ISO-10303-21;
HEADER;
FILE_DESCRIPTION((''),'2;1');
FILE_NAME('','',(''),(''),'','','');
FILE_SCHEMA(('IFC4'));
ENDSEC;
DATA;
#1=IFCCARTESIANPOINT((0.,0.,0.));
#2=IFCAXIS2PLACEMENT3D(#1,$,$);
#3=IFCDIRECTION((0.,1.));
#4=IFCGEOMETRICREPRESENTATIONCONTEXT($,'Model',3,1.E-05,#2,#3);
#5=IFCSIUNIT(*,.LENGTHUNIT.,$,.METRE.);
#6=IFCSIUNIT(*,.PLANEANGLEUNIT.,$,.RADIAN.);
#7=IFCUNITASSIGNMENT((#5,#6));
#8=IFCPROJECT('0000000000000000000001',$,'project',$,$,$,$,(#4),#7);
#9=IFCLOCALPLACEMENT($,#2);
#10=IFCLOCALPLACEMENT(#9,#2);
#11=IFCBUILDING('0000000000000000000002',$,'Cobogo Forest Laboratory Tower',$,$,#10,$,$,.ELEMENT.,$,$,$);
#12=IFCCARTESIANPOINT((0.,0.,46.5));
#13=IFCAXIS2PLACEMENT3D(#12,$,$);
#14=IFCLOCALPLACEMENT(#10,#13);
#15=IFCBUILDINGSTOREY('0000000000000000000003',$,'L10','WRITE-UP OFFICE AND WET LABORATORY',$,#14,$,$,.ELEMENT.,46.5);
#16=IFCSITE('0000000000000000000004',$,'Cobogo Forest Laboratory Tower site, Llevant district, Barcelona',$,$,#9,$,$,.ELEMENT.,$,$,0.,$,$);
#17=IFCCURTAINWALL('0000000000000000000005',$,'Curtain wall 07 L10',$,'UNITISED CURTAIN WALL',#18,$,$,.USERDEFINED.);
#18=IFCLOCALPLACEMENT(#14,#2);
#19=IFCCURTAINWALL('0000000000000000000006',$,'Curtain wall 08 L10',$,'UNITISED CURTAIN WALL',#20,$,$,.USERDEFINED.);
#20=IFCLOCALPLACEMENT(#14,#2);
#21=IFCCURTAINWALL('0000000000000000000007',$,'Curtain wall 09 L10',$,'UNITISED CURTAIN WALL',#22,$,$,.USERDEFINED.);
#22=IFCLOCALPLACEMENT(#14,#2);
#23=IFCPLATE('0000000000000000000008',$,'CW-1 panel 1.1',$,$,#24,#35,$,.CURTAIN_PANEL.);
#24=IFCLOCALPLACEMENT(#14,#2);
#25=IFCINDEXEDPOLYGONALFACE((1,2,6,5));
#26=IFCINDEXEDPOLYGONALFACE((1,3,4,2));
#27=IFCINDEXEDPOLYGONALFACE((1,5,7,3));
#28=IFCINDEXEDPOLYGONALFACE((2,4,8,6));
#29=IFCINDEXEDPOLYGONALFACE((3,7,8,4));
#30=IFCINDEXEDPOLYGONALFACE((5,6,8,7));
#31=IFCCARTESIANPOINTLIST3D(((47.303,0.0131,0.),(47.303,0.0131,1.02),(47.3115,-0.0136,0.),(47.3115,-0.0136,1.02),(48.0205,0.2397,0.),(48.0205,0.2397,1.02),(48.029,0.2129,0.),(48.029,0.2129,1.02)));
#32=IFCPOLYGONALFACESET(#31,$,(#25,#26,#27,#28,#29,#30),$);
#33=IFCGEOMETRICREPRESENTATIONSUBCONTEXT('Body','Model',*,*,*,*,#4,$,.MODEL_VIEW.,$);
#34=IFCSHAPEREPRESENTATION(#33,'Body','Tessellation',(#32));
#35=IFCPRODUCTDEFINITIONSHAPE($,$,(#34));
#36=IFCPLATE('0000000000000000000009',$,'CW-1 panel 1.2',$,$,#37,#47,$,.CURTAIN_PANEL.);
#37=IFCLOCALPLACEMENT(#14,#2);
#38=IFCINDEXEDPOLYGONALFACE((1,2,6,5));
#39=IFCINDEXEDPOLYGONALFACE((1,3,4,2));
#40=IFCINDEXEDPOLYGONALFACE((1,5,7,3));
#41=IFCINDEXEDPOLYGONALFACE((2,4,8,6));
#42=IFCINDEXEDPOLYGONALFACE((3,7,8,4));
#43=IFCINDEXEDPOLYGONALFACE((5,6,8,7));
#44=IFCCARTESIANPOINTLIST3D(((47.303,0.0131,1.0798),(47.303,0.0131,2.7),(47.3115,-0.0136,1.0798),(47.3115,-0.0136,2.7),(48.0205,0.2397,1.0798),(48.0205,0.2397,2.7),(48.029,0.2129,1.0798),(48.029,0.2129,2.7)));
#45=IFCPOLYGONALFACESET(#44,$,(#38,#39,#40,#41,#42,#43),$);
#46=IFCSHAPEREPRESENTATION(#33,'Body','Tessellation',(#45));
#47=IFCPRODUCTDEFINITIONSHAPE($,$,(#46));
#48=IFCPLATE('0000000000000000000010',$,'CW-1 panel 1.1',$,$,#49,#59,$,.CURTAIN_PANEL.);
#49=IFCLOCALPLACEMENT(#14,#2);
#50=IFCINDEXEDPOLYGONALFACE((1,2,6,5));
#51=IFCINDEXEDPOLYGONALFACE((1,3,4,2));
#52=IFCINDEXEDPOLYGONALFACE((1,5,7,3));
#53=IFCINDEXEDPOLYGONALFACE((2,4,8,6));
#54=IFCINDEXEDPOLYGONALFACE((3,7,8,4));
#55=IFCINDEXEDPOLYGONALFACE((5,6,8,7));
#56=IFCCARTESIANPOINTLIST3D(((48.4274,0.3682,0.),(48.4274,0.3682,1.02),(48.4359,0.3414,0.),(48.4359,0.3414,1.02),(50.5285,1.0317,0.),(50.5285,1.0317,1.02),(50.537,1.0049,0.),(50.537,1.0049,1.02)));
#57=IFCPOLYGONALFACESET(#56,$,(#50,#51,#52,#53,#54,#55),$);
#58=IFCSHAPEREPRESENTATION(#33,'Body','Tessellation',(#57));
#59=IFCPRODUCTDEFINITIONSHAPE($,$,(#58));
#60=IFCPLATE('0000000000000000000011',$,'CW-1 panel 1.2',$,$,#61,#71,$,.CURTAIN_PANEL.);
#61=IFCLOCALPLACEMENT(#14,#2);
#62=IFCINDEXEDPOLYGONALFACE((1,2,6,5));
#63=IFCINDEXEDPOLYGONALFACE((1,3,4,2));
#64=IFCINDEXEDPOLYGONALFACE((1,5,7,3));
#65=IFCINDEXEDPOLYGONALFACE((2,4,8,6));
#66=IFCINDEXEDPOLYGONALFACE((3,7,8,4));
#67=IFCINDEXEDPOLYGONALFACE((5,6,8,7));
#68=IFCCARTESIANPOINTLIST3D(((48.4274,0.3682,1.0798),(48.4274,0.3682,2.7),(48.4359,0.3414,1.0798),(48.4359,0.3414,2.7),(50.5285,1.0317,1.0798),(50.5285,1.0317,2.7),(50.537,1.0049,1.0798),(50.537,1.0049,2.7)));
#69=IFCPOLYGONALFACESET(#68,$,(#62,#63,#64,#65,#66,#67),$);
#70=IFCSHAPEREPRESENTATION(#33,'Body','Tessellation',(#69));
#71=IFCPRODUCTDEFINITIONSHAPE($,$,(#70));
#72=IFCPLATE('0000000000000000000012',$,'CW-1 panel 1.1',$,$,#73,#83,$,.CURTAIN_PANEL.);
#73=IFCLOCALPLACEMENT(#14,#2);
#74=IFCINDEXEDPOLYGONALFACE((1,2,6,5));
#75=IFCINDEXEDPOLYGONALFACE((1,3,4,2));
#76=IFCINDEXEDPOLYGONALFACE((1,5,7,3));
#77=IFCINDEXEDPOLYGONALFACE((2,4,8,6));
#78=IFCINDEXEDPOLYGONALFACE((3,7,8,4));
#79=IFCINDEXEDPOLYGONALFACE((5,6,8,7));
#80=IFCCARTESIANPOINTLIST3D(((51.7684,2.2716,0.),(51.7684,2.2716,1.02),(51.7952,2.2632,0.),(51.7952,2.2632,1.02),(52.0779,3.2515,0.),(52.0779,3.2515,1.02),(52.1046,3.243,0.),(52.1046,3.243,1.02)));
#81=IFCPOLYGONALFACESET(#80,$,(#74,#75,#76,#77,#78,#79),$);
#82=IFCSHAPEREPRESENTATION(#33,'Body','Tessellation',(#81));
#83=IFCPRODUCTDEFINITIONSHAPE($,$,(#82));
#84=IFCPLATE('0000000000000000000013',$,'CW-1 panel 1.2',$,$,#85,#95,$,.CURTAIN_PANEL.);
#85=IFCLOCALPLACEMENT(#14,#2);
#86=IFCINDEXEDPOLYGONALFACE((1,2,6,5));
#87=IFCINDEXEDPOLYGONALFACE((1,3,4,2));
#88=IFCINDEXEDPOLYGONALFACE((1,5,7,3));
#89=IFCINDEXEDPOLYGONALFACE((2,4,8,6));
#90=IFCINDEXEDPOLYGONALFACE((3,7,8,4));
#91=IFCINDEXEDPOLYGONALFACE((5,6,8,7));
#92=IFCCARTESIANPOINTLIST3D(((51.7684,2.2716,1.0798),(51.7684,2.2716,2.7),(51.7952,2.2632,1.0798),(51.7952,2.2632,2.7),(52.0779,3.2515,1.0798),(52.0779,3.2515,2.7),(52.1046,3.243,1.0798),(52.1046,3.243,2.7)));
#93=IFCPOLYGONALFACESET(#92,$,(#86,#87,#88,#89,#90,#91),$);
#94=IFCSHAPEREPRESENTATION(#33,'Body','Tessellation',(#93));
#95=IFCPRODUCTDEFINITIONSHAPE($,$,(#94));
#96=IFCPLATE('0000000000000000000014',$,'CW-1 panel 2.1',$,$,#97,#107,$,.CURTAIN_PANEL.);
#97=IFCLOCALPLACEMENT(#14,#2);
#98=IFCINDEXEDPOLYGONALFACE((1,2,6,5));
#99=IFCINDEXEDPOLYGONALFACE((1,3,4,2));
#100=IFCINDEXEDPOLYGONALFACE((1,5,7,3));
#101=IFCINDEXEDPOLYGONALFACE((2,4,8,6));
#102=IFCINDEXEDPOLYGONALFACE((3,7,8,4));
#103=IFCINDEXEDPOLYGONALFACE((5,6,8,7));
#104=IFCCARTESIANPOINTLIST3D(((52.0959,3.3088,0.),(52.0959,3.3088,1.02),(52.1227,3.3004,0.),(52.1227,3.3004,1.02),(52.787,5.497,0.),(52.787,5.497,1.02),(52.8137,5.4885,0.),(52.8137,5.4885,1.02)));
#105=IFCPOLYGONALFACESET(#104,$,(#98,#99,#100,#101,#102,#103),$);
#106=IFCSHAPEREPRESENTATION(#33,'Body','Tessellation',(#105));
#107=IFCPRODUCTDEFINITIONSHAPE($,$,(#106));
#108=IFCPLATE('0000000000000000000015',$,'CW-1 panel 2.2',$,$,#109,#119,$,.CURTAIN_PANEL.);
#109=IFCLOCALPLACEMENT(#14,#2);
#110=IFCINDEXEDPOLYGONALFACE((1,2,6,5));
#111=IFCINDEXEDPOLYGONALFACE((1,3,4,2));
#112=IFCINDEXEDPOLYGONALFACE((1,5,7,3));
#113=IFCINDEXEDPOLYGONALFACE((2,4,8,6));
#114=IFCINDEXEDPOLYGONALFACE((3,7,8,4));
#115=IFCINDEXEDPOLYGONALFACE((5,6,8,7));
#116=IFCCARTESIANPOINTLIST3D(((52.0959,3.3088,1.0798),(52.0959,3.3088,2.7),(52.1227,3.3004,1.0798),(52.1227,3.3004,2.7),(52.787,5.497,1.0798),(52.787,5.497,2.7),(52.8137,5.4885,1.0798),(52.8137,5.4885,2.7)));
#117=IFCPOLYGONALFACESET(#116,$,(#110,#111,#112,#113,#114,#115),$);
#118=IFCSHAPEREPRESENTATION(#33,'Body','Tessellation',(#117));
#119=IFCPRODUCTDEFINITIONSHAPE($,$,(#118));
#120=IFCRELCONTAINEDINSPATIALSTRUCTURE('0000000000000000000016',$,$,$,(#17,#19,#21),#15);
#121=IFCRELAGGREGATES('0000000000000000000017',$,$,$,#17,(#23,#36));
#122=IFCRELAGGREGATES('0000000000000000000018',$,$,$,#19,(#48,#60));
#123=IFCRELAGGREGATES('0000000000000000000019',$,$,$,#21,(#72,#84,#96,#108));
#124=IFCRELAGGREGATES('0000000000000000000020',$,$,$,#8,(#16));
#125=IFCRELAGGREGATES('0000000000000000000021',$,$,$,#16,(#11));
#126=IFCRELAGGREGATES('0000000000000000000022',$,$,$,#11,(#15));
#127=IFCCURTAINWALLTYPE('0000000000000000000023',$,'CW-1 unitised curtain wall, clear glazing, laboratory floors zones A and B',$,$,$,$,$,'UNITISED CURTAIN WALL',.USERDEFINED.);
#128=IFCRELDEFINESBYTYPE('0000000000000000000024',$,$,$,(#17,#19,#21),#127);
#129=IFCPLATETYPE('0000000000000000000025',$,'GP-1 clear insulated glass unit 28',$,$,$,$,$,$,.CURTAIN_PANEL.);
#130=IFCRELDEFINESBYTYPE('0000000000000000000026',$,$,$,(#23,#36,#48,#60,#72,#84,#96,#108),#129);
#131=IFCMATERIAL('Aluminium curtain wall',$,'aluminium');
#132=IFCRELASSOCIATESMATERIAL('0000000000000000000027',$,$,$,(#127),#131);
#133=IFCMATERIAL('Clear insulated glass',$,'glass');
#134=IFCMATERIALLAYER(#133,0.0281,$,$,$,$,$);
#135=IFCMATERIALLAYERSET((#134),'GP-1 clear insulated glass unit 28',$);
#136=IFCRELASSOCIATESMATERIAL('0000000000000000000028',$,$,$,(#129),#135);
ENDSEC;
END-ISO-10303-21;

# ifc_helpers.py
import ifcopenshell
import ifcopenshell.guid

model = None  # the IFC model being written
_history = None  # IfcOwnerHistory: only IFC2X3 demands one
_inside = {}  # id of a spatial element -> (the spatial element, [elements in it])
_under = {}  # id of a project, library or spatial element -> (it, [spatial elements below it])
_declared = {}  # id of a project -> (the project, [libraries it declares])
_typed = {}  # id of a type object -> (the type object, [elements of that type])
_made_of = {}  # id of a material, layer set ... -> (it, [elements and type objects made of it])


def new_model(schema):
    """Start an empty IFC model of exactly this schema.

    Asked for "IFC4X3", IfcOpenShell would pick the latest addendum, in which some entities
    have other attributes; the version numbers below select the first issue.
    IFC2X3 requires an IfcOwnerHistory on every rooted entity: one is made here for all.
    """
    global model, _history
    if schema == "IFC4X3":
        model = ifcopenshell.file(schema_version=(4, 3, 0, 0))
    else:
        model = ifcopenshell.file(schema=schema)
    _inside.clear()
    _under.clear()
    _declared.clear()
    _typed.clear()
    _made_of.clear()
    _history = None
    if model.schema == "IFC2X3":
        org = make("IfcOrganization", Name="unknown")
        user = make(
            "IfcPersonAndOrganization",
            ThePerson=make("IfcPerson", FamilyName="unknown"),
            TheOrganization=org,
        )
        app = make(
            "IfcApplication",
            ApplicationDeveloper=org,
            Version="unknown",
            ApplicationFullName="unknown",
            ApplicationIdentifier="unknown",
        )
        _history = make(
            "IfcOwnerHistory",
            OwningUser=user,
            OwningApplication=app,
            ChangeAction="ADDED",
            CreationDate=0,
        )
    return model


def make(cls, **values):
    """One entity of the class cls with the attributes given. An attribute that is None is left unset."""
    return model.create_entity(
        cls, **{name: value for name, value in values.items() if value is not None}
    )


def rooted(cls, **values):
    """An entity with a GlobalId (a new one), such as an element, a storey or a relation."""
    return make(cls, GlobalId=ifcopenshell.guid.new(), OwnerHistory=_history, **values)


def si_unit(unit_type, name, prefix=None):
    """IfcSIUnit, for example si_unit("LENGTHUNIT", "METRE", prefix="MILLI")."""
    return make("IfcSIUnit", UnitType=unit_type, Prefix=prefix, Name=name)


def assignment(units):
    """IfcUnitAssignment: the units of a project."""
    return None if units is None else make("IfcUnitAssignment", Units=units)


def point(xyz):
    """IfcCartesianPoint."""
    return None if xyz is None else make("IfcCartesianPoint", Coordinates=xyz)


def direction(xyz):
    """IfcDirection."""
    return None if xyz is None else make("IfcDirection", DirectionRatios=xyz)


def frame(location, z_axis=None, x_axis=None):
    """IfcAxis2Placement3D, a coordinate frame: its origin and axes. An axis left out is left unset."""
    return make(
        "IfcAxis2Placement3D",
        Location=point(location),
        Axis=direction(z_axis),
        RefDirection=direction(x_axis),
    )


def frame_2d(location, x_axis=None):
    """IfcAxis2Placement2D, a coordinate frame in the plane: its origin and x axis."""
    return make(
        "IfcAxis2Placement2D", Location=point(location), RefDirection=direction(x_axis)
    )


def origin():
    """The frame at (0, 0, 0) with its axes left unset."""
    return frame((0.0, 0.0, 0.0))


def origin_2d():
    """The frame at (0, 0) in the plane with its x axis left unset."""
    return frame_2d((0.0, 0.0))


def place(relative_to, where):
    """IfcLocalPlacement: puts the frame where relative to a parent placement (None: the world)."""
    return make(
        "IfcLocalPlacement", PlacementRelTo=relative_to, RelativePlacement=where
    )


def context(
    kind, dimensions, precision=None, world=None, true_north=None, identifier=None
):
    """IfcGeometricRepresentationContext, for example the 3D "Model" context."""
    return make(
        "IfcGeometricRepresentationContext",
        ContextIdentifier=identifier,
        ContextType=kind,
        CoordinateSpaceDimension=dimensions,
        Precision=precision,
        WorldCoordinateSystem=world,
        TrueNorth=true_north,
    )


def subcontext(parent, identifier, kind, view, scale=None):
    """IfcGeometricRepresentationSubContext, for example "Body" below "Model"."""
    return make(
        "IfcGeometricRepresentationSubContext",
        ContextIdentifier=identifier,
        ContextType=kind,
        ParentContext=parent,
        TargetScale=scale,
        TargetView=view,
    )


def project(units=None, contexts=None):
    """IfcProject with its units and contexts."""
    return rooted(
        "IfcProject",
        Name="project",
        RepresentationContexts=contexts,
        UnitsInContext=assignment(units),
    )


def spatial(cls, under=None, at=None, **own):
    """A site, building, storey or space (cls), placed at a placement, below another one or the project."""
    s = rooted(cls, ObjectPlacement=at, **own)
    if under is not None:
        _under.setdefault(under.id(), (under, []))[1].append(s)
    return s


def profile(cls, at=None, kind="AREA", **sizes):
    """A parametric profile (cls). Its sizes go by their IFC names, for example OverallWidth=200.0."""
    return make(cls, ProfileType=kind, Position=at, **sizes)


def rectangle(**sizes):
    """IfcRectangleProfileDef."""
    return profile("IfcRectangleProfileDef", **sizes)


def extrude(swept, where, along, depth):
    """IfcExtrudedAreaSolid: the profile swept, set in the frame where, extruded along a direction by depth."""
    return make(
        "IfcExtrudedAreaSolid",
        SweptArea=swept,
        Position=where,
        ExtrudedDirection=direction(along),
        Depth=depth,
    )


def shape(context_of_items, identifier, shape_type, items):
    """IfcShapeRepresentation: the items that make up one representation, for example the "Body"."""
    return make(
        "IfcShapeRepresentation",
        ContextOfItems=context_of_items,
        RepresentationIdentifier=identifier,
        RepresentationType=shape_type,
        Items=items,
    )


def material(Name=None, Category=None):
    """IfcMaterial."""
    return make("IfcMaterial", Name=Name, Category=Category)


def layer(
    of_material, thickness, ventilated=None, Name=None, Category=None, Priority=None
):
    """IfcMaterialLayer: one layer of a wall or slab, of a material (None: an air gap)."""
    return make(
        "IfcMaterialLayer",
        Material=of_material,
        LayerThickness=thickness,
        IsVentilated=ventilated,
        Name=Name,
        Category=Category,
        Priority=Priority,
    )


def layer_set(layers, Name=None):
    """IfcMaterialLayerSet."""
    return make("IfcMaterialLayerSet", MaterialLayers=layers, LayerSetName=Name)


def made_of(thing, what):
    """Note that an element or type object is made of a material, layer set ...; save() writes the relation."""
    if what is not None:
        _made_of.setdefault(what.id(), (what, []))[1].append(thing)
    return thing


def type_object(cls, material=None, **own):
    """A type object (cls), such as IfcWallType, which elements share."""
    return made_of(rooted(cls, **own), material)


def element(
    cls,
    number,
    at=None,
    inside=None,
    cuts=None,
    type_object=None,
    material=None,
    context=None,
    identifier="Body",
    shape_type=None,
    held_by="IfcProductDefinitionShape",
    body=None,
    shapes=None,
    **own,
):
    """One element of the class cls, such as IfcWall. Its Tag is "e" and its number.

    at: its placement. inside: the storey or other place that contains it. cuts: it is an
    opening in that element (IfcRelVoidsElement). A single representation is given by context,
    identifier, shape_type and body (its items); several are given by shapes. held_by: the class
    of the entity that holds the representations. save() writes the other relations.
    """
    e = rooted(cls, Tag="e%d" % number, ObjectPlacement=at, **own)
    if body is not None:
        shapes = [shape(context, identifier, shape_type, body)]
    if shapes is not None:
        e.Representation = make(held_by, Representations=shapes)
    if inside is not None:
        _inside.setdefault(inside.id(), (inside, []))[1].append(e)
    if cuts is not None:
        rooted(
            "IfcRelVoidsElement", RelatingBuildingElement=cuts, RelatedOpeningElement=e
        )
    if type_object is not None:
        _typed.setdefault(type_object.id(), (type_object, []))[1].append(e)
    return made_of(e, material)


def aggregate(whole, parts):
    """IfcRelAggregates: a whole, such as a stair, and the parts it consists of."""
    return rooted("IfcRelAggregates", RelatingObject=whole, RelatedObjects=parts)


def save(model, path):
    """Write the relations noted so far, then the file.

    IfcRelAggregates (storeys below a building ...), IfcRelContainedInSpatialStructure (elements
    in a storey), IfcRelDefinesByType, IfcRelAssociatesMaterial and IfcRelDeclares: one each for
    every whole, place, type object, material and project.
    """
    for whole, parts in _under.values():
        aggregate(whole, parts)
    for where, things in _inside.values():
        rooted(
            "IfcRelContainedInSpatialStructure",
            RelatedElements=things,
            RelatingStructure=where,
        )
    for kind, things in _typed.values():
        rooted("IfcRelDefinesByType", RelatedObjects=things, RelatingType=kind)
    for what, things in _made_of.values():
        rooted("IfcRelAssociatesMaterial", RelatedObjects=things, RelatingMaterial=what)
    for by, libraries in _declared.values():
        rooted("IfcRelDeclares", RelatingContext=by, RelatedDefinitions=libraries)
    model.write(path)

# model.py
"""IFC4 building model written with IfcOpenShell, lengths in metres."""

from ifc_helpers import new_model, si_unit, direction, frame, origin, origin_2d, place, context, subcontext, project, spatial, rectangle, extrude, material, layer, layer_set, type_object, element, aggregate, save


model = new_model("IFC4")

# Units and contexts
model_context = context("Model", 3, precision=1e-05, world=origin(), true_north=direction((0.0, 1.0)))
body_context = subcontext(model_context, "Body", "Model", "MODEL_VIEW")
ifc_project = project(units=[si_unit("LENGTHUNIT", "METRE"), si_unit("PLANEANGLEUNIT", "RADIAN")], contexts=[model_context])

# Site, building, storey
site_placement = place(None, origin())
site = spatial("IfcSite", under=ifc_project, at=site_placement, Name="Cobogo Forest Laboratory Tower site, Llevant district, Barcelona", CompositionType="ELEMENT", RefElevation=0.0)
building_placement = place(site_placement, origin())
building = spatial("IfcBuilding", under=site, at=building_placement, Name="Cobogo Forest Laboratory Tower", CompositionType="ELEMENT")
storey_placement = place(building_placement, frame((0.0, 0.0, 46.5)))
storey = spatial("IfcBuildingStorey", under=building, at=storey_placement, Name="L10", Description="WRITE-UP OFFICE AND WET LABORATORY", CompositionType="ELEMENT", Elevation=46.5)

# Shared definitions
ifc_material_1 = material(Name="Aluminium curtain wall", Category="aluminium")
curtain_wall_type = type_object("IfcCurtainWallType", Name="CW-1 unitised curtain wall, clear glazing, laboratory floors zones A and B", ElementType="UNITISED CURTAIN WALL", PredefinedType="USERDEFINED", material=ifc_material_1)

# Curtain walls
curtain_wall_1_placement = place(storey_placement, origin())
curtain_wall_1 = element("IfcCurtainWall", 1, at=curtain_wall_1_placement, inside=storey, type_object=curtain_wall_type, Name="Curtain wall 07 L10", ObjectType="UNITISED CURTAIN WALL", PredefinedType="USERDEFINED")
curtain_wall_2_placement = place(storey_placement, origin())
curtain_wall_2 = element("IfcCurtainWall", 2, at=curtain_wall_2_placement, inside=storey, type_object=curtain_wall_type, Name="Curtain wall 08 L10", ObjectType="UNITISED CURTAIN WALL", PredefinedType="USERDEFINED")
curtain_wall_3_placement = place(storey_placement, origin())
curtain_wall_3 = element("IfcCurtainWall", 3, at=curtain_wall_3_placement, inside=storey, type_object=curtain_wall_type, Name="Curtain wall 09 L10", ObjectType="UNITISED CURTAIN WALL", PredefinedType="USERDEFINED")

# Plates
ifc_material_2 = material(Name="Clear insulated glass", Category="glass")
ifc_layer = layer(ifc_material_2, 0.0281)
ifc_layer_set = layer_set([ifc_layer], Name="GP-1 clear insulated glass unit 28")
plate_type = type_object("IfcPlateType", Name="GP-1 clear insulated glass unit 28", PredefinedType="CURTAIN_PANEL", material=ifc_layer_set)
plate_1_placement = place(storey_placement, frame((47.666, 0.113, 0.0), z_axis=(0.0, 0.0, 1.0), x_axis=(0.953582, 0.301135, 0.0)))
plate_1 = element("IfcPlate", 4, at=plate_1_placement, type_object=plate_type, Name="CW-1 panel 1.1", PredefinedType="CURTAIN_PANEL", context=body_context, shape_type="SweptSolid", body=[
    extrude(rectangle(XDim=0.7524, YDim=0.0281, at=origin_2d()), origin(), (0.0, 0.0, 1.0), 1.02),
])
plate_2_placement = place(storey_placement, frame((47.666, 0.113, 1.0798), z_axis=(0.0, 0.0, 1.0), x_axis=(0.953582, 0.301135, 0.0)))
plate_2 = element("IfcPlate", 5, at=plate_2_placement, type_object=plate_type, Name="CW-1 panel 1.2", PredefinedType="CURTAIN_PANEL", context=body_context, shape_type="SweptSolid", body=[
    extrude(rectangle(XDim=0.7524, YDim=0.0281, at=origin_2d()), origin(), (0.0, 0.0, 1.0), 1.6201),
])
aggregate(curtain_wall_1, [plate_1, plate_2])
plate_3_placement = place(storey_placement, frame((49.4822, 0.6865, 0.0), z_axis=(0.0, 0.0, 1.0), x_axis=(0.953581, 0.301135, 0.0)))
plate_3 = element("IfcPlate", 6, at=plate_3_placement, type_object=plate_type, Name="CW-1 panel 1.1", PredefinedType="CURTAIN_PANEL", context=body_context, shape_type="SweptSolid", body=[
    extrude(rectangle(XDim=2.2034, YDim=0.0281, at=origin_2d()), origin(), (0.0, 0.0, 1.0), 1.02),
])
plate_4_placement = place(storey_placement, frame((49.4822, 0.6865, 1.0798), z_axis=(0.0, 0.0, 1.0), x_axis=(0.953581, 0.301135, 0.0)))
plate_4 = element("IfcPlate", 7, at=plate_4_placement, type_object=plate_type, Name="CW-1 panel 1.2", PredefinedType="CURTAIN_PANEL", context=body_context, shape_type="SweptSolid", body=[
    extrude(rectangle(XDim=2.2034, YDim=0.0281, at=origin_2d()), origin(), (0.0, 0.0, 1.0), 1.6201),
])
aggregate(curtain_wall_2, [plate_3, plate_4])
plate_5_placement = place(storey_placement, frame((51.9365, 2.7573, 0.0), z_axis=(0.0, 0.0, 1.0), x_axis=(0.301135, 0.953581, 0.0)))
plate_5 = element("IfcPlate", 8, at=plate_5_placement, type_object=plate_type, Name="CW-1 panel 1.1", PredefinedType="CURTAIN_PANEL", context=body_context, shape_type="SweptSolid", body=[
    extrude(rectangle(XDim=1.0276, YDim=0.0281, at=origin_2d()), origin(), (0.0, 0.0, 1.0), 1.02),
])
plate_6_placement = place(storey_placement, frame((51.9365, 2.7573, 1.0798), z_axis=(0.0, 0.0, 1.0), x_axis=(0.301135, 0.953581, 0.0)))
plate_6 = element("IfcPlate", 9, at=plate_6_placement, type_object=plate_type, Name="CW-1 panel 1.2", PredefinedType="CURTAIN_PANEL", context=body_context, shape_type="SweptSolid", body=[
    extrude(rectangle(XDim=1.0276, YDim=0.0281, at=origin_2d()), origin(), (0.0, 0.0, 1.0), 1.6201),
])
plate_7_placement = place(storey_placement, frame((52.4548, 4.3987, 0.0), z_axis=(0.0, 0.0, 1.0), x_axis=(0.301135, 0.953581, 0.0)))
plate_7 = element("IfcPlate", 10, at=plate_7_placement, type_object=plate_type, Name="CW-1 panel 2.1", PredefinedType="CURTAIN_PANEL", context=body_context, shape_type="SweptSolid", body=[
    extrude(rectangle(XDim=2.2947, YDim=0.0281, at=origin_2d()), origin(), (0.0, 0.0, 1.0), 1.02),
])
plate_8_placement = place(storey_placement, frame((52.4548, 4.3987, 1.0798), z_axis=(0.0, 0.0, 1.0), x_axis=(0.301135, 0.953581, 0.0)))
plate_8 = element("IfcPlate", 11, at=plate_8_placement, type_object=plate_type, Name="CW-1 panel 2.2", PredefinedType="CURTAIN_PANEL", context=body_context, shape_type="SweptSolid", body=[
    extrude(rectangle(XDim=2.2947, YDim=0.0281, at=origin_2d()), origin(), (0.0, 0.0, 1.0), 1.6201),
])
aggregate(curtain_wall_3, [plate_5, plate_6, plate_7, plate_8])

save(model, "model.ifc")
